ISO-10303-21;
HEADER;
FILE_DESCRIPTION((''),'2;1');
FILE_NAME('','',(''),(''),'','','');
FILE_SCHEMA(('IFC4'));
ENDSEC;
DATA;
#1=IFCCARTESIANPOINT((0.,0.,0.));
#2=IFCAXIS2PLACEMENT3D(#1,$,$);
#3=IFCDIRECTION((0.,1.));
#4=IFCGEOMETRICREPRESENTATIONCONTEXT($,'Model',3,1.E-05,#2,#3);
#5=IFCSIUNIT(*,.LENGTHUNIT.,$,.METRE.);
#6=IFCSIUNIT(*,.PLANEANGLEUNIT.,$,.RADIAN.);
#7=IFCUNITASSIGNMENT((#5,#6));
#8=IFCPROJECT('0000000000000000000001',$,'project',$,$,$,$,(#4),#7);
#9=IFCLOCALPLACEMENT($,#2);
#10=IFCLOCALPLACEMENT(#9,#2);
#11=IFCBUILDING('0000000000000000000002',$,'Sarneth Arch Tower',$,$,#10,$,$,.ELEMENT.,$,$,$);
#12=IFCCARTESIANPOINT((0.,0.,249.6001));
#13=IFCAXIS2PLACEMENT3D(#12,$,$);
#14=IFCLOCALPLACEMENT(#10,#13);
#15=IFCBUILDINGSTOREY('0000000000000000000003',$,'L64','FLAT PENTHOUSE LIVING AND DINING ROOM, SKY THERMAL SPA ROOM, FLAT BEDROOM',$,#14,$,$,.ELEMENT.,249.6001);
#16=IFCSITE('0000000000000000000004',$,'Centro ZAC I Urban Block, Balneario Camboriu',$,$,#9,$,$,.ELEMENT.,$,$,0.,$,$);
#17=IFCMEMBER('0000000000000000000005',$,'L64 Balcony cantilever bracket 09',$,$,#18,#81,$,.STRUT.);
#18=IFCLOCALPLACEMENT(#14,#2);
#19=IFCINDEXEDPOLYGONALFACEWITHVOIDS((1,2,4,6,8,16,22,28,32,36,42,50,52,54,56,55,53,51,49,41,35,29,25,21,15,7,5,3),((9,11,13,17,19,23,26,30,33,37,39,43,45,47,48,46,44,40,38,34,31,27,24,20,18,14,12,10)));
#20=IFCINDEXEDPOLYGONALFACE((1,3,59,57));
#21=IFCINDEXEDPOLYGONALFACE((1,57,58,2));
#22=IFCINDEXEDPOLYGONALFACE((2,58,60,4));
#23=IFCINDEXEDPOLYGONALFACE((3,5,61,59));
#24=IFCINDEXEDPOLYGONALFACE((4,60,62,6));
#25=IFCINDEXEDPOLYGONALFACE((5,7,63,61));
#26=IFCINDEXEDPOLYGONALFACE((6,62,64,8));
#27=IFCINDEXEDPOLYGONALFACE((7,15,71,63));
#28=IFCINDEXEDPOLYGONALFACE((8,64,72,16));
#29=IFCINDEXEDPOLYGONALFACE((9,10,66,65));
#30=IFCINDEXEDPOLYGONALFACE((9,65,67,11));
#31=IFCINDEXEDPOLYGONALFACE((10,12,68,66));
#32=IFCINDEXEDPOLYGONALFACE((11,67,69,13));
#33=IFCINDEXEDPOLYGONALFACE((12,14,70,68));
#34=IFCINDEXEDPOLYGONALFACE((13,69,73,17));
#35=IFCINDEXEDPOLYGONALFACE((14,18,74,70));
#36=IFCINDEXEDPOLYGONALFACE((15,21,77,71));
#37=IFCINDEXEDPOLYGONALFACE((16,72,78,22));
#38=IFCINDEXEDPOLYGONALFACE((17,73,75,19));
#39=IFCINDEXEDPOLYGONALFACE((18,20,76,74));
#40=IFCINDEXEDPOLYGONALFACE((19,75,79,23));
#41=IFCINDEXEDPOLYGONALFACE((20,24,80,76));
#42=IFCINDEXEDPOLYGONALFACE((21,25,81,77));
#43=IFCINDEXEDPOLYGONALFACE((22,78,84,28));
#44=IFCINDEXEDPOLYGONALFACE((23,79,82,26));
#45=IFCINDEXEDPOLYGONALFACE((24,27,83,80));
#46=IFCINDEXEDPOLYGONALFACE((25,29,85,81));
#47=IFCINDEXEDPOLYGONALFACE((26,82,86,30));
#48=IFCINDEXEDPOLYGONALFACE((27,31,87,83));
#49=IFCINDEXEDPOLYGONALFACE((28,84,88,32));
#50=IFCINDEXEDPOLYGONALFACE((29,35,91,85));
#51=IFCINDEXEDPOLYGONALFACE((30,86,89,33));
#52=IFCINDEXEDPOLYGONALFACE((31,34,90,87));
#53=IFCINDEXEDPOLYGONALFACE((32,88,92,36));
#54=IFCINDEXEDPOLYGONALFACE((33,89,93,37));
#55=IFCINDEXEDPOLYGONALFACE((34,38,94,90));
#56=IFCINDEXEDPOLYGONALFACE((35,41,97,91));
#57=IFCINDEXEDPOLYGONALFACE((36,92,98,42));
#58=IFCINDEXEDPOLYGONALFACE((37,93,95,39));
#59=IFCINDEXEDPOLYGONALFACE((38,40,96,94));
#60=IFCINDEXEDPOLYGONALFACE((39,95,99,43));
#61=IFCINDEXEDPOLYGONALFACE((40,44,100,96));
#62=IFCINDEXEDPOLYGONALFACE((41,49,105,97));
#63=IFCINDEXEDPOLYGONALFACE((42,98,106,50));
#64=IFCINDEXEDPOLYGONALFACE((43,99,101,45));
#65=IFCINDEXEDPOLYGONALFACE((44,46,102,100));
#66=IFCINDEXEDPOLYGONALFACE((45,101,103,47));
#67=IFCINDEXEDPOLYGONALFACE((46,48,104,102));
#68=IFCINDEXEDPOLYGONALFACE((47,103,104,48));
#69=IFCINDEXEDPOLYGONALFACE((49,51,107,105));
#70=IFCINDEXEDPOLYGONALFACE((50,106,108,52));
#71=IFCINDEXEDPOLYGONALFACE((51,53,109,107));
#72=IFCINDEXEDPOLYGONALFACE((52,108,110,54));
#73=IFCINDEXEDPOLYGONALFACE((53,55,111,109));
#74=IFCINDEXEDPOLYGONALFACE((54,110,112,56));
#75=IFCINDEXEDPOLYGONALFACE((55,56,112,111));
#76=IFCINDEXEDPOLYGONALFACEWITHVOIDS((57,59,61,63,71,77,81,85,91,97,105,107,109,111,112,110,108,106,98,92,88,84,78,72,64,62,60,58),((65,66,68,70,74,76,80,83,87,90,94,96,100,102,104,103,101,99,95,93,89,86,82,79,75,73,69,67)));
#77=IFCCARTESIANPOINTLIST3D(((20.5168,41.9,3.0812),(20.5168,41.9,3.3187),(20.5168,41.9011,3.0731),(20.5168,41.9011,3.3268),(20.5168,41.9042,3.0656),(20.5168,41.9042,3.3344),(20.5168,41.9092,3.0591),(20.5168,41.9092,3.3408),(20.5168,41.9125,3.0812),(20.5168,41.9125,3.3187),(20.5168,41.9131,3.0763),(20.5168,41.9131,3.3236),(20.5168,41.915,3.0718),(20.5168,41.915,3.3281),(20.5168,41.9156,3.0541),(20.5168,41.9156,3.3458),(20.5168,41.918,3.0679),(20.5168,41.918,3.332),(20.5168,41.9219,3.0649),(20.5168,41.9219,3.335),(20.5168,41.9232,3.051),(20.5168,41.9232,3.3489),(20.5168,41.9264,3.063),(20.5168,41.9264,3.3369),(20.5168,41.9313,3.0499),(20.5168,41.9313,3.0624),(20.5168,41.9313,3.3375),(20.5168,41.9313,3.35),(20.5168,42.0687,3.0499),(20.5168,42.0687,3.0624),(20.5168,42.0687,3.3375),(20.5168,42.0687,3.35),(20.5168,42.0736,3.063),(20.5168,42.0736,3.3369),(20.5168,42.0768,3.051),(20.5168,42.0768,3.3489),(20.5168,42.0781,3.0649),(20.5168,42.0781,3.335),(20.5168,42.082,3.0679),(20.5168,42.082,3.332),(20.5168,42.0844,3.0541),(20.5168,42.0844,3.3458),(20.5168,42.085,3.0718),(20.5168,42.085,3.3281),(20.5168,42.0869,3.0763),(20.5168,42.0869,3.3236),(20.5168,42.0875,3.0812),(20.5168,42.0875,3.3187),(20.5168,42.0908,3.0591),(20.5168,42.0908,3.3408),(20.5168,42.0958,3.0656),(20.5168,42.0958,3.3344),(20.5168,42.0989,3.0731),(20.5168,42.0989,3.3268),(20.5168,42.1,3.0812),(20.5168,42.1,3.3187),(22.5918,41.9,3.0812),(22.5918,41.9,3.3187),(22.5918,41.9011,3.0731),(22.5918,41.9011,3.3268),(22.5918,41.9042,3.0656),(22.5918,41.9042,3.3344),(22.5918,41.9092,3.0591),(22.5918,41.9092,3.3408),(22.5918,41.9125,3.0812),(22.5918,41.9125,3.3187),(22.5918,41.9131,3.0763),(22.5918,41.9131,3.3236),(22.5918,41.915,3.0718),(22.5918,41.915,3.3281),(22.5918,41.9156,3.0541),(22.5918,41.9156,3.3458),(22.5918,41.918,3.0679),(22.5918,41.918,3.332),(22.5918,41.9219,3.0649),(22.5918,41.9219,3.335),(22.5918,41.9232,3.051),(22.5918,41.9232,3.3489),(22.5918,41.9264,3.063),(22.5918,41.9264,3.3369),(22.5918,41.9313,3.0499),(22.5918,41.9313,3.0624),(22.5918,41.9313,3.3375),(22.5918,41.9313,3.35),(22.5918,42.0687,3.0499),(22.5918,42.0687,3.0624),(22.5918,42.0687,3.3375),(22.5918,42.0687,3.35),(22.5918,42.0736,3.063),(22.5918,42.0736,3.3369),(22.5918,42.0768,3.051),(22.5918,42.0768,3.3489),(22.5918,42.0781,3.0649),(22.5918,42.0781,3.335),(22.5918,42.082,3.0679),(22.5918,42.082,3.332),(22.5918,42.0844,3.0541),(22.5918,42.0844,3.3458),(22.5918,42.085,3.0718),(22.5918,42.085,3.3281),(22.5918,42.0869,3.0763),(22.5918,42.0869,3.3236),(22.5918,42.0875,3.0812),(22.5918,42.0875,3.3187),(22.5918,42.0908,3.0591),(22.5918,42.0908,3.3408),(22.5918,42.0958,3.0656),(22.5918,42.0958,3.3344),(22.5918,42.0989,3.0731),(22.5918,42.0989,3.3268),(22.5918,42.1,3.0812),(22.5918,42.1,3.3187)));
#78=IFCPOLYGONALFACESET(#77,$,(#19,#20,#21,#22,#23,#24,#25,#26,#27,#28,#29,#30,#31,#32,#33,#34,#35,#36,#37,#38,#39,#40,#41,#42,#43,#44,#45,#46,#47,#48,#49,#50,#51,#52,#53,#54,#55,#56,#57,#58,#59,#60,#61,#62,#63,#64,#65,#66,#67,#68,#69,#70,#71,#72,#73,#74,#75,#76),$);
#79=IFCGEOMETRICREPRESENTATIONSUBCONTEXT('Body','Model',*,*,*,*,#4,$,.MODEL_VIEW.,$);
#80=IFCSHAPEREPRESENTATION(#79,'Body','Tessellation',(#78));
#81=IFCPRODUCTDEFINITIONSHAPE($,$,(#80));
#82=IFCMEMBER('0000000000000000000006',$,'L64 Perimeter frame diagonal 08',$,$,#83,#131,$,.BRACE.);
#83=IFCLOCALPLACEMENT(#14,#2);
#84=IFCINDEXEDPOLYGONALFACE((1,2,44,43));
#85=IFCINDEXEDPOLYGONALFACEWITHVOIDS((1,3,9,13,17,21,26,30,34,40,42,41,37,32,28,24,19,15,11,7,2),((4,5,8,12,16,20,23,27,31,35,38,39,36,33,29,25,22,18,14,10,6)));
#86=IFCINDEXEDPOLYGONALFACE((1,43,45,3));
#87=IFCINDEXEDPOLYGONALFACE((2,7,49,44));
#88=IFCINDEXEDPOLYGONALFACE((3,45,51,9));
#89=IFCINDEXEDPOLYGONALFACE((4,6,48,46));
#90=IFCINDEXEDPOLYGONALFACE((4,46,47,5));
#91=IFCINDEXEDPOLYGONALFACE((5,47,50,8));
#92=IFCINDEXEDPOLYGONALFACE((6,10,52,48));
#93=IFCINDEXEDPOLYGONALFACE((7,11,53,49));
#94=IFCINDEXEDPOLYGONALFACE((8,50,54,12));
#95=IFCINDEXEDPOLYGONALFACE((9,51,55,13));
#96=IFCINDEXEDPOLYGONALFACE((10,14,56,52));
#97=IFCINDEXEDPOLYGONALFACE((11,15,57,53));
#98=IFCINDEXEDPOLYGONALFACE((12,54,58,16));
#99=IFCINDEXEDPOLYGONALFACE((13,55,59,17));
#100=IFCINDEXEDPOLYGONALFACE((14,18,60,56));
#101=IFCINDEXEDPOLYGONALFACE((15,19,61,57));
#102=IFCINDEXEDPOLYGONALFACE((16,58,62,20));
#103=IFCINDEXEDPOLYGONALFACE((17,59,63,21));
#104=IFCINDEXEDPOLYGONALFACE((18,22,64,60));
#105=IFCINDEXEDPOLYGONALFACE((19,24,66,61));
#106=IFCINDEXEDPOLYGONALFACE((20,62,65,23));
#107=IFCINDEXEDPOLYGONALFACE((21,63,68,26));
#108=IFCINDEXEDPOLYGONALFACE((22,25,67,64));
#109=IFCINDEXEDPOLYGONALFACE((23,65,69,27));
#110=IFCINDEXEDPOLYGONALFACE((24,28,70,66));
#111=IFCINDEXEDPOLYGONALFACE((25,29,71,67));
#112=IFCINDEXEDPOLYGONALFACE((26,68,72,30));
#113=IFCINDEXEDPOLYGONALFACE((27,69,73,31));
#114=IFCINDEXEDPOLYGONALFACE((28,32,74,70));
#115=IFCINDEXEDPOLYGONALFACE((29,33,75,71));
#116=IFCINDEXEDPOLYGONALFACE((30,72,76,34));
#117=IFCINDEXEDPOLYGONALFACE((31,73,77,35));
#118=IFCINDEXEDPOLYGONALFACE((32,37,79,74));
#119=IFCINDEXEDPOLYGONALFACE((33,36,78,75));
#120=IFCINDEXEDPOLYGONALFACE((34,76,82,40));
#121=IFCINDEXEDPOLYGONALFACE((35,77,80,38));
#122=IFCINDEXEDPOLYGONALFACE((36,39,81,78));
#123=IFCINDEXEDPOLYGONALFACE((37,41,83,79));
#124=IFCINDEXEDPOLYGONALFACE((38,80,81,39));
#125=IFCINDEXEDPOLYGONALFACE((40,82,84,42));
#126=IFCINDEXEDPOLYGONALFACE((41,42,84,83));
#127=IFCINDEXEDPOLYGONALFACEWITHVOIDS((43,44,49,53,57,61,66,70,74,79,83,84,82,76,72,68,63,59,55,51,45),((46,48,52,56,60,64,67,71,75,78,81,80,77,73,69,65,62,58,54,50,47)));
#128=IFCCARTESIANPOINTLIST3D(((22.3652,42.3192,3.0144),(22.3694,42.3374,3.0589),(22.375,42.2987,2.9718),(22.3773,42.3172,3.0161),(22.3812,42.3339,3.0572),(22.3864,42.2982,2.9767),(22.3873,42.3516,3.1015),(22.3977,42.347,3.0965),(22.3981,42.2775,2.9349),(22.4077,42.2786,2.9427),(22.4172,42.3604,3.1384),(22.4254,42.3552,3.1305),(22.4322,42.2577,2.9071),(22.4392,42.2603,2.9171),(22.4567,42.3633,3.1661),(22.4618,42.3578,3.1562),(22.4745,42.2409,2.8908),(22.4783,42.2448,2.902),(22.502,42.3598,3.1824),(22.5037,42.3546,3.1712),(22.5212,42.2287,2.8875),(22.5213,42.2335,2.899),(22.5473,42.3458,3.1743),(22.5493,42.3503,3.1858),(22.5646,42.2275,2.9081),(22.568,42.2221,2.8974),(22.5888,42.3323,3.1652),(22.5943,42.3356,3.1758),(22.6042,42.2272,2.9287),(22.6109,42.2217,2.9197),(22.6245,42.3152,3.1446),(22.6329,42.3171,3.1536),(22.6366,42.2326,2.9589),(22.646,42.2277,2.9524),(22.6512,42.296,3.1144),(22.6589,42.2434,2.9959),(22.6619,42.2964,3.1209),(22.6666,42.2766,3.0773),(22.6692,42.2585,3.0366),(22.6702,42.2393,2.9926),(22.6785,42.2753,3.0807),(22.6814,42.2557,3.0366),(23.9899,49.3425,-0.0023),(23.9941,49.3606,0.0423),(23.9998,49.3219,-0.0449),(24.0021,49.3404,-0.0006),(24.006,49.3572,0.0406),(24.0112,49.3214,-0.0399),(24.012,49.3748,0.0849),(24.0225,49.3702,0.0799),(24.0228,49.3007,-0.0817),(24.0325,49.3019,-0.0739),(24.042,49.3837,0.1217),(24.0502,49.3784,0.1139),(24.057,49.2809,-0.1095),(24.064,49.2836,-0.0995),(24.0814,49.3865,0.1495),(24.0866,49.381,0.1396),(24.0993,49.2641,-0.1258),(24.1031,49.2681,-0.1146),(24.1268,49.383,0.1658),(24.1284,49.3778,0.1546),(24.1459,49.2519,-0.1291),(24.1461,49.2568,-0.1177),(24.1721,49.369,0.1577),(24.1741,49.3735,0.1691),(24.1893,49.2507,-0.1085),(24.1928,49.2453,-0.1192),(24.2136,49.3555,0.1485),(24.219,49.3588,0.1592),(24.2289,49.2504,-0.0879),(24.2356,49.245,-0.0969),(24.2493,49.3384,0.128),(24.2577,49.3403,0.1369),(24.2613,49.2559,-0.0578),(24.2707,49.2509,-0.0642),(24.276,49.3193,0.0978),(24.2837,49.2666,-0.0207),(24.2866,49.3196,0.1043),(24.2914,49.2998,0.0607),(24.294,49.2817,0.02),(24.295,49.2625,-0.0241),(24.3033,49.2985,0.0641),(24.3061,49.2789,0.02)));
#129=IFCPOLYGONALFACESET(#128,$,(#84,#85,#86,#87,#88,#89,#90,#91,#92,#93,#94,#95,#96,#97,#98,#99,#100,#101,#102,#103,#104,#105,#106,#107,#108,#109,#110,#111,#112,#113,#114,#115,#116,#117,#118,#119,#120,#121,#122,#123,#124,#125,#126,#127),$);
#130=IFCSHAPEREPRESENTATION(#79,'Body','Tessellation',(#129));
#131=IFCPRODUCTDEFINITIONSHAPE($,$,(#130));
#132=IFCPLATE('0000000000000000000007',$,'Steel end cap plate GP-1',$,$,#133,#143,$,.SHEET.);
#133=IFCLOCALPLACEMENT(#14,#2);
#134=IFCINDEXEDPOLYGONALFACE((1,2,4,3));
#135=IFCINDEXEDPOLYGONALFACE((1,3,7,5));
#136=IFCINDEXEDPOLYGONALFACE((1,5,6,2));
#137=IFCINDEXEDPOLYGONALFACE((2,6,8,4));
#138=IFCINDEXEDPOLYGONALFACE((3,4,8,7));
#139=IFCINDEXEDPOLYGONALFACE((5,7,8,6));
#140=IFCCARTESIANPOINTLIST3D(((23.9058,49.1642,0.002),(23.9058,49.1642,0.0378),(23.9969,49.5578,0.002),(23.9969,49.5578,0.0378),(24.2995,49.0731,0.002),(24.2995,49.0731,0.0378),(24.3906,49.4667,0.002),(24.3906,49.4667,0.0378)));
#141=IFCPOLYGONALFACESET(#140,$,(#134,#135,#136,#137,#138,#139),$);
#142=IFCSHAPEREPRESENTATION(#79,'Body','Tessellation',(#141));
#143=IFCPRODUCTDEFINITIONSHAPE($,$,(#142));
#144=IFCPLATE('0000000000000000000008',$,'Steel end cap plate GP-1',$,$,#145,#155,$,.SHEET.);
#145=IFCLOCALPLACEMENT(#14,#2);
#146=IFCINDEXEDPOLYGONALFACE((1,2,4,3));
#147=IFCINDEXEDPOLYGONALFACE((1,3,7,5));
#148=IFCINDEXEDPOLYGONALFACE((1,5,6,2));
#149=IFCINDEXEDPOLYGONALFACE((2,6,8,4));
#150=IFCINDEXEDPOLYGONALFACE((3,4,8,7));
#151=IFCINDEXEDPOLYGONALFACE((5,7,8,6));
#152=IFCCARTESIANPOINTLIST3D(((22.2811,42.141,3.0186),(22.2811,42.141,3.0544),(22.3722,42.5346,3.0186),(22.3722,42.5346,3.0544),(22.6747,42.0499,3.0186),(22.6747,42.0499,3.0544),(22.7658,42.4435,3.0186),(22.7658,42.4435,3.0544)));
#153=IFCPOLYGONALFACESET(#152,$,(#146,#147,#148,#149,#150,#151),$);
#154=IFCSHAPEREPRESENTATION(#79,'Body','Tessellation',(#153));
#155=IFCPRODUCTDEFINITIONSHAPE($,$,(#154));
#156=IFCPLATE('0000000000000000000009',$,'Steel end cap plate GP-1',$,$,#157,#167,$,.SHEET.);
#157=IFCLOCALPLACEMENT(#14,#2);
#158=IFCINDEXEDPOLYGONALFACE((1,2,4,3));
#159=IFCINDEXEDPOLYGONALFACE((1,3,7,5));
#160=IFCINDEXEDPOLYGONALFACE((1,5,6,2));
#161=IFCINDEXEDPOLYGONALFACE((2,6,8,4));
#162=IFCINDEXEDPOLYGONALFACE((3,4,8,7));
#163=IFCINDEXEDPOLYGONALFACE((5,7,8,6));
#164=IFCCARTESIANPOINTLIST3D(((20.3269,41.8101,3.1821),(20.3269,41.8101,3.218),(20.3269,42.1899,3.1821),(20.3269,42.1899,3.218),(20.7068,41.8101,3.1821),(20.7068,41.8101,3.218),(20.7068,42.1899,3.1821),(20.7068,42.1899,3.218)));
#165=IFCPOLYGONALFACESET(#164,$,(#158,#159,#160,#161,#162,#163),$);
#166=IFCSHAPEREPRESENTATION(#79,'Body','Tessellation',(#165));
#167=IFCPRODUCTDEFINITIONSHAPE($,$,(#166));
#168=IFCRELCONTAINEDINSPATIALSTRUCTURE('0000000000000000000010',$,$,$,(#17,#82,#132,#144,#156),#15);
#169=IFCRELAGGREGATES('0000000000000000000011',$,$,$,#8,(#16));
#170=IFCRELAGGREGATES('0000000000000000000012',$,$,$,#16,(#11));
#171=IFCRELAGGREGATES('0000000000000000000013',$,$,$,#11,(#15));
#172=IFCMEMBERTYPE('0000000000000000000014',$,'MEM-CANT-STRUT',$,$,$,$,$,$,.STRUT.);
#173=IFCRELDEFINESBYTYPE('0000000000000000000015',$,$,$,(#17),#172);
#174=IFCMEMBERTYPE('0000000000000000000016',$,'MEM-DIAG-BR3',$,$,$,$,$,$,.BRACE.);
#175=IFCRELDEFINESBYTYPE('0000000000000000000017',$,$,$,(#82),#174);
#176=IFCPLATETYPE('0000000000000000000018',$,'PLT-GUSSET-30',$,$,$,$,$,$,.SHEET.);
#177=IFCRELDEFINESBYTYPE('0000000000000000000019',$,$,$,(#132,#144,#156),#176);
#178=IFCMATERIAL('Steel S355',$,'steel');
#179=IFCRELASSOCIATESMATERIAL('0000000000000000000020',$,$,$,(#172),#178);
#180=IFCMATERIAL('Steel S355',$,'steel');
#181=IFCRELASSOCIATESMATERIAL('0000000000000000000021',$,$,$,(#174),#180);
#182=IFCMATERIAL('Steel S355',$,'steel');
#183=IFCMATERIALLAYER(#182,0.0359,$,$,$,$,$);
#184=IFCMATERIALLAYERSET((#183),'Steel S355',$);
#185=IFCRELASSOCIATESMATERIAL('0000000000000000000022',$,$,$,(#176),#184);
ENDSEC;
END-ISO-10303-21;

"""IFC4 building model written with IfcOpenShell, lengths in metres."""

from ifc_helpers import new_model, si_unit, direction, frame, origin, origin_2d, place, context, subcontext, project, spatial, rectangle, hollow_rectangle, hollow_circle, extrude, material, layer, layer_set, material_profile, profile_set, type_object, element, save


model = new_model("IFC4")

# Units and contexts
model_context = context("Model", 3, precision=1e-05, world=origin(), true_north=direction((0.0, 1.0)))
body_context = subcontext(model_context, "Body", "Model", "MODEL_VIEW")
ifc_project = project(units=[si_unit("LENGTHUNIT", "METRE"), si_unit("PLANEANGLEUNIT", "RADIAN")], contexts=[model_context])

# Site, building, storey
site_placement = place(None, origin())
site = spatial("IfcSite", under=ifc_project, at=site_placement, Name="Centro ZAC I Urban Block, Balneario Camboriu", CompositionType="ELEMENT", RefElevation=0.0)
building_placement = place(site_placement, origin())
building = spatial("IfcBuilding", under=site, at=building_placement, Name="Sarneth Arch Tower", CompositionType="ELEMENT")
storey_placement = place(building_placement, frame((0.0, 0.0, 249.6001)))
storey = spatial("IfcBuildingStorey", under=building, at=storey_placement, Name="L64", Description="FLAT PENTHOUSE LIVING AND DINING ROOM, SKY THERMAL SPA ROOM, FLAT BEDROOM", CompositionType="ELEMENT", Elevation=249.6001)

# Members
ifc_material_1 = material(Name="Steel S355", Category="steel")
ifc_material_profile_1 = material_profile(ifc_material_1, hollow_rectangle(XDim=0.2, YDim=0.3, WallThickness=0.0125, InnerFilletRadius=0.0188, OuterFilletRadius=0.0312, at=origin_2d()), Name="RHS300x200x12.5")
ifc_profile_set_1 = profile_set([ifc_material_profile_1], Name="Steel S355")
member_type_1 = type_object("IfcMemberType", Name="MEM-CANT-STRUT", PredefinedType="STRUT", material=ifc_profile_set_1)
member_1_placement = place(storey_placement, frame((22.5918, 42.0, 3.2), z_axis=(-1.0, 0.0, 0.0), x_axis=(0.0, -1.0, 0.0)))
element("IfcMember", 1, at=member_1_placement, inside=storey, type_object=member_type_1, Name="L64 Balcony cantilever bracket 09", PredefinedType="STRUT", context=body_context, shape_type="SweptSolid", body=[
    extrude(hollow_rectangle(XDim=0.2, YDim=0.3, WallThickness=0.0125, InnerFilletRadius=0.0188, OuterFilletRadius=0.0312, at=origin_2d()), origin(), (0.0, 0.0, 1.0), 2.075),
])
ifc_material_2 = material(Name="Steel S355", Category="steel")
ifc_material_profile_2 = material_profile(ifc_material_2, hollow_circle(Radius=0.1621, WallThickness=0.0125, at=origin_2d()), Name="CHS324x12.5")
ifc_profile_set_2 = profile_set([ifc_material_profile_2], Name="Steel S355")
member_type_2 = type_object("IfcMemberType", Name="MEM-DIAG-BR3", PredefinedType="BRACE", material=ifc_profile_set_2)
member_2_placement = place(storey_placement, frame((24.1482, 49.3154, 0.02), z_axis=(-0.207918, -0.898749, 0.386031), x_axis=(0.974269, -0.225389, 0.0)))
element("IfcMember", 2, at=member_2_placement, inside=storey, type_object=member_type_2, Name="L64 Perimeter frame diagonal 08", PredefinedType="BRACE", context=body_context, shape_type="SweptSolid", body=[
    extrude(hollow_circle(Radius=0.1621, WallThickness=0.0125, at=origin_2d()), origin(), (0.0, 0.0, 1.0), 7.8145),
])

# Plates
ifc_material_3 = material(Name="Steel S355", Category="steel")
ifc_layer_1 = layer(ifc_material_3, 0.0359)
ifc_layer_set_1 = layer_set([ifc_layer_1], Name="Steel S355")
plate_type = type_object("IfcPlateType", Name="PLT-GUSSET-30", PredefinedType="SHEET", material=ifc_layer_set_1)
for number, where, z_axis, x_axis, name in (
    (3, (24.1482, 49.3154, 0.002), (0.0, 0.0, 1.0), (-0.225461, -0.974252, 0.0), "Steel end cap plate GP-1"),
    (4, (22.5234, 42.2922, 3.0186), (0.0, 0.0, 1.0), (-0.225461, -0.974252, 0.0), "Steel end cap plate GP-1"),
):
    element("IfcPlate", number, at=place(storey_placement, frame(where, z_axis=z_axis, x_axis=x_axis)), inside=storey, type_object=plate_type, Name=name, PredefinedType="SHEET", context=body_context, shape_type="SweptSolid", body=[
        extrude(rectangle(XDim=0.4041, YDim=0.4041, at=origin_2d()), origin(), (0.0, 0.0, 1.0), 0.0359),
    ])
plate_placement = place(storey_placement, frame((20.5168, 42.0, 3.1821), z_axis=(0.0, 0.0, 1.0), x_axis=(-1.0, 0.0, 0.0)))
element("IfcPlate", 5, at=plate_placement, inside=storey, type_object=plate_type, Name="Steel end cap plate GP-1", PredefinedType="SHEET", context=body_context, shape_type="SweptSolid", body=[
    extrude(rectangle(XDim=0.3799, YDim=0.3799, at=origin_2d()), origin(), (0.0, 0.0, 1.0), 0.0359),
])

save(model, "model.ifc")
